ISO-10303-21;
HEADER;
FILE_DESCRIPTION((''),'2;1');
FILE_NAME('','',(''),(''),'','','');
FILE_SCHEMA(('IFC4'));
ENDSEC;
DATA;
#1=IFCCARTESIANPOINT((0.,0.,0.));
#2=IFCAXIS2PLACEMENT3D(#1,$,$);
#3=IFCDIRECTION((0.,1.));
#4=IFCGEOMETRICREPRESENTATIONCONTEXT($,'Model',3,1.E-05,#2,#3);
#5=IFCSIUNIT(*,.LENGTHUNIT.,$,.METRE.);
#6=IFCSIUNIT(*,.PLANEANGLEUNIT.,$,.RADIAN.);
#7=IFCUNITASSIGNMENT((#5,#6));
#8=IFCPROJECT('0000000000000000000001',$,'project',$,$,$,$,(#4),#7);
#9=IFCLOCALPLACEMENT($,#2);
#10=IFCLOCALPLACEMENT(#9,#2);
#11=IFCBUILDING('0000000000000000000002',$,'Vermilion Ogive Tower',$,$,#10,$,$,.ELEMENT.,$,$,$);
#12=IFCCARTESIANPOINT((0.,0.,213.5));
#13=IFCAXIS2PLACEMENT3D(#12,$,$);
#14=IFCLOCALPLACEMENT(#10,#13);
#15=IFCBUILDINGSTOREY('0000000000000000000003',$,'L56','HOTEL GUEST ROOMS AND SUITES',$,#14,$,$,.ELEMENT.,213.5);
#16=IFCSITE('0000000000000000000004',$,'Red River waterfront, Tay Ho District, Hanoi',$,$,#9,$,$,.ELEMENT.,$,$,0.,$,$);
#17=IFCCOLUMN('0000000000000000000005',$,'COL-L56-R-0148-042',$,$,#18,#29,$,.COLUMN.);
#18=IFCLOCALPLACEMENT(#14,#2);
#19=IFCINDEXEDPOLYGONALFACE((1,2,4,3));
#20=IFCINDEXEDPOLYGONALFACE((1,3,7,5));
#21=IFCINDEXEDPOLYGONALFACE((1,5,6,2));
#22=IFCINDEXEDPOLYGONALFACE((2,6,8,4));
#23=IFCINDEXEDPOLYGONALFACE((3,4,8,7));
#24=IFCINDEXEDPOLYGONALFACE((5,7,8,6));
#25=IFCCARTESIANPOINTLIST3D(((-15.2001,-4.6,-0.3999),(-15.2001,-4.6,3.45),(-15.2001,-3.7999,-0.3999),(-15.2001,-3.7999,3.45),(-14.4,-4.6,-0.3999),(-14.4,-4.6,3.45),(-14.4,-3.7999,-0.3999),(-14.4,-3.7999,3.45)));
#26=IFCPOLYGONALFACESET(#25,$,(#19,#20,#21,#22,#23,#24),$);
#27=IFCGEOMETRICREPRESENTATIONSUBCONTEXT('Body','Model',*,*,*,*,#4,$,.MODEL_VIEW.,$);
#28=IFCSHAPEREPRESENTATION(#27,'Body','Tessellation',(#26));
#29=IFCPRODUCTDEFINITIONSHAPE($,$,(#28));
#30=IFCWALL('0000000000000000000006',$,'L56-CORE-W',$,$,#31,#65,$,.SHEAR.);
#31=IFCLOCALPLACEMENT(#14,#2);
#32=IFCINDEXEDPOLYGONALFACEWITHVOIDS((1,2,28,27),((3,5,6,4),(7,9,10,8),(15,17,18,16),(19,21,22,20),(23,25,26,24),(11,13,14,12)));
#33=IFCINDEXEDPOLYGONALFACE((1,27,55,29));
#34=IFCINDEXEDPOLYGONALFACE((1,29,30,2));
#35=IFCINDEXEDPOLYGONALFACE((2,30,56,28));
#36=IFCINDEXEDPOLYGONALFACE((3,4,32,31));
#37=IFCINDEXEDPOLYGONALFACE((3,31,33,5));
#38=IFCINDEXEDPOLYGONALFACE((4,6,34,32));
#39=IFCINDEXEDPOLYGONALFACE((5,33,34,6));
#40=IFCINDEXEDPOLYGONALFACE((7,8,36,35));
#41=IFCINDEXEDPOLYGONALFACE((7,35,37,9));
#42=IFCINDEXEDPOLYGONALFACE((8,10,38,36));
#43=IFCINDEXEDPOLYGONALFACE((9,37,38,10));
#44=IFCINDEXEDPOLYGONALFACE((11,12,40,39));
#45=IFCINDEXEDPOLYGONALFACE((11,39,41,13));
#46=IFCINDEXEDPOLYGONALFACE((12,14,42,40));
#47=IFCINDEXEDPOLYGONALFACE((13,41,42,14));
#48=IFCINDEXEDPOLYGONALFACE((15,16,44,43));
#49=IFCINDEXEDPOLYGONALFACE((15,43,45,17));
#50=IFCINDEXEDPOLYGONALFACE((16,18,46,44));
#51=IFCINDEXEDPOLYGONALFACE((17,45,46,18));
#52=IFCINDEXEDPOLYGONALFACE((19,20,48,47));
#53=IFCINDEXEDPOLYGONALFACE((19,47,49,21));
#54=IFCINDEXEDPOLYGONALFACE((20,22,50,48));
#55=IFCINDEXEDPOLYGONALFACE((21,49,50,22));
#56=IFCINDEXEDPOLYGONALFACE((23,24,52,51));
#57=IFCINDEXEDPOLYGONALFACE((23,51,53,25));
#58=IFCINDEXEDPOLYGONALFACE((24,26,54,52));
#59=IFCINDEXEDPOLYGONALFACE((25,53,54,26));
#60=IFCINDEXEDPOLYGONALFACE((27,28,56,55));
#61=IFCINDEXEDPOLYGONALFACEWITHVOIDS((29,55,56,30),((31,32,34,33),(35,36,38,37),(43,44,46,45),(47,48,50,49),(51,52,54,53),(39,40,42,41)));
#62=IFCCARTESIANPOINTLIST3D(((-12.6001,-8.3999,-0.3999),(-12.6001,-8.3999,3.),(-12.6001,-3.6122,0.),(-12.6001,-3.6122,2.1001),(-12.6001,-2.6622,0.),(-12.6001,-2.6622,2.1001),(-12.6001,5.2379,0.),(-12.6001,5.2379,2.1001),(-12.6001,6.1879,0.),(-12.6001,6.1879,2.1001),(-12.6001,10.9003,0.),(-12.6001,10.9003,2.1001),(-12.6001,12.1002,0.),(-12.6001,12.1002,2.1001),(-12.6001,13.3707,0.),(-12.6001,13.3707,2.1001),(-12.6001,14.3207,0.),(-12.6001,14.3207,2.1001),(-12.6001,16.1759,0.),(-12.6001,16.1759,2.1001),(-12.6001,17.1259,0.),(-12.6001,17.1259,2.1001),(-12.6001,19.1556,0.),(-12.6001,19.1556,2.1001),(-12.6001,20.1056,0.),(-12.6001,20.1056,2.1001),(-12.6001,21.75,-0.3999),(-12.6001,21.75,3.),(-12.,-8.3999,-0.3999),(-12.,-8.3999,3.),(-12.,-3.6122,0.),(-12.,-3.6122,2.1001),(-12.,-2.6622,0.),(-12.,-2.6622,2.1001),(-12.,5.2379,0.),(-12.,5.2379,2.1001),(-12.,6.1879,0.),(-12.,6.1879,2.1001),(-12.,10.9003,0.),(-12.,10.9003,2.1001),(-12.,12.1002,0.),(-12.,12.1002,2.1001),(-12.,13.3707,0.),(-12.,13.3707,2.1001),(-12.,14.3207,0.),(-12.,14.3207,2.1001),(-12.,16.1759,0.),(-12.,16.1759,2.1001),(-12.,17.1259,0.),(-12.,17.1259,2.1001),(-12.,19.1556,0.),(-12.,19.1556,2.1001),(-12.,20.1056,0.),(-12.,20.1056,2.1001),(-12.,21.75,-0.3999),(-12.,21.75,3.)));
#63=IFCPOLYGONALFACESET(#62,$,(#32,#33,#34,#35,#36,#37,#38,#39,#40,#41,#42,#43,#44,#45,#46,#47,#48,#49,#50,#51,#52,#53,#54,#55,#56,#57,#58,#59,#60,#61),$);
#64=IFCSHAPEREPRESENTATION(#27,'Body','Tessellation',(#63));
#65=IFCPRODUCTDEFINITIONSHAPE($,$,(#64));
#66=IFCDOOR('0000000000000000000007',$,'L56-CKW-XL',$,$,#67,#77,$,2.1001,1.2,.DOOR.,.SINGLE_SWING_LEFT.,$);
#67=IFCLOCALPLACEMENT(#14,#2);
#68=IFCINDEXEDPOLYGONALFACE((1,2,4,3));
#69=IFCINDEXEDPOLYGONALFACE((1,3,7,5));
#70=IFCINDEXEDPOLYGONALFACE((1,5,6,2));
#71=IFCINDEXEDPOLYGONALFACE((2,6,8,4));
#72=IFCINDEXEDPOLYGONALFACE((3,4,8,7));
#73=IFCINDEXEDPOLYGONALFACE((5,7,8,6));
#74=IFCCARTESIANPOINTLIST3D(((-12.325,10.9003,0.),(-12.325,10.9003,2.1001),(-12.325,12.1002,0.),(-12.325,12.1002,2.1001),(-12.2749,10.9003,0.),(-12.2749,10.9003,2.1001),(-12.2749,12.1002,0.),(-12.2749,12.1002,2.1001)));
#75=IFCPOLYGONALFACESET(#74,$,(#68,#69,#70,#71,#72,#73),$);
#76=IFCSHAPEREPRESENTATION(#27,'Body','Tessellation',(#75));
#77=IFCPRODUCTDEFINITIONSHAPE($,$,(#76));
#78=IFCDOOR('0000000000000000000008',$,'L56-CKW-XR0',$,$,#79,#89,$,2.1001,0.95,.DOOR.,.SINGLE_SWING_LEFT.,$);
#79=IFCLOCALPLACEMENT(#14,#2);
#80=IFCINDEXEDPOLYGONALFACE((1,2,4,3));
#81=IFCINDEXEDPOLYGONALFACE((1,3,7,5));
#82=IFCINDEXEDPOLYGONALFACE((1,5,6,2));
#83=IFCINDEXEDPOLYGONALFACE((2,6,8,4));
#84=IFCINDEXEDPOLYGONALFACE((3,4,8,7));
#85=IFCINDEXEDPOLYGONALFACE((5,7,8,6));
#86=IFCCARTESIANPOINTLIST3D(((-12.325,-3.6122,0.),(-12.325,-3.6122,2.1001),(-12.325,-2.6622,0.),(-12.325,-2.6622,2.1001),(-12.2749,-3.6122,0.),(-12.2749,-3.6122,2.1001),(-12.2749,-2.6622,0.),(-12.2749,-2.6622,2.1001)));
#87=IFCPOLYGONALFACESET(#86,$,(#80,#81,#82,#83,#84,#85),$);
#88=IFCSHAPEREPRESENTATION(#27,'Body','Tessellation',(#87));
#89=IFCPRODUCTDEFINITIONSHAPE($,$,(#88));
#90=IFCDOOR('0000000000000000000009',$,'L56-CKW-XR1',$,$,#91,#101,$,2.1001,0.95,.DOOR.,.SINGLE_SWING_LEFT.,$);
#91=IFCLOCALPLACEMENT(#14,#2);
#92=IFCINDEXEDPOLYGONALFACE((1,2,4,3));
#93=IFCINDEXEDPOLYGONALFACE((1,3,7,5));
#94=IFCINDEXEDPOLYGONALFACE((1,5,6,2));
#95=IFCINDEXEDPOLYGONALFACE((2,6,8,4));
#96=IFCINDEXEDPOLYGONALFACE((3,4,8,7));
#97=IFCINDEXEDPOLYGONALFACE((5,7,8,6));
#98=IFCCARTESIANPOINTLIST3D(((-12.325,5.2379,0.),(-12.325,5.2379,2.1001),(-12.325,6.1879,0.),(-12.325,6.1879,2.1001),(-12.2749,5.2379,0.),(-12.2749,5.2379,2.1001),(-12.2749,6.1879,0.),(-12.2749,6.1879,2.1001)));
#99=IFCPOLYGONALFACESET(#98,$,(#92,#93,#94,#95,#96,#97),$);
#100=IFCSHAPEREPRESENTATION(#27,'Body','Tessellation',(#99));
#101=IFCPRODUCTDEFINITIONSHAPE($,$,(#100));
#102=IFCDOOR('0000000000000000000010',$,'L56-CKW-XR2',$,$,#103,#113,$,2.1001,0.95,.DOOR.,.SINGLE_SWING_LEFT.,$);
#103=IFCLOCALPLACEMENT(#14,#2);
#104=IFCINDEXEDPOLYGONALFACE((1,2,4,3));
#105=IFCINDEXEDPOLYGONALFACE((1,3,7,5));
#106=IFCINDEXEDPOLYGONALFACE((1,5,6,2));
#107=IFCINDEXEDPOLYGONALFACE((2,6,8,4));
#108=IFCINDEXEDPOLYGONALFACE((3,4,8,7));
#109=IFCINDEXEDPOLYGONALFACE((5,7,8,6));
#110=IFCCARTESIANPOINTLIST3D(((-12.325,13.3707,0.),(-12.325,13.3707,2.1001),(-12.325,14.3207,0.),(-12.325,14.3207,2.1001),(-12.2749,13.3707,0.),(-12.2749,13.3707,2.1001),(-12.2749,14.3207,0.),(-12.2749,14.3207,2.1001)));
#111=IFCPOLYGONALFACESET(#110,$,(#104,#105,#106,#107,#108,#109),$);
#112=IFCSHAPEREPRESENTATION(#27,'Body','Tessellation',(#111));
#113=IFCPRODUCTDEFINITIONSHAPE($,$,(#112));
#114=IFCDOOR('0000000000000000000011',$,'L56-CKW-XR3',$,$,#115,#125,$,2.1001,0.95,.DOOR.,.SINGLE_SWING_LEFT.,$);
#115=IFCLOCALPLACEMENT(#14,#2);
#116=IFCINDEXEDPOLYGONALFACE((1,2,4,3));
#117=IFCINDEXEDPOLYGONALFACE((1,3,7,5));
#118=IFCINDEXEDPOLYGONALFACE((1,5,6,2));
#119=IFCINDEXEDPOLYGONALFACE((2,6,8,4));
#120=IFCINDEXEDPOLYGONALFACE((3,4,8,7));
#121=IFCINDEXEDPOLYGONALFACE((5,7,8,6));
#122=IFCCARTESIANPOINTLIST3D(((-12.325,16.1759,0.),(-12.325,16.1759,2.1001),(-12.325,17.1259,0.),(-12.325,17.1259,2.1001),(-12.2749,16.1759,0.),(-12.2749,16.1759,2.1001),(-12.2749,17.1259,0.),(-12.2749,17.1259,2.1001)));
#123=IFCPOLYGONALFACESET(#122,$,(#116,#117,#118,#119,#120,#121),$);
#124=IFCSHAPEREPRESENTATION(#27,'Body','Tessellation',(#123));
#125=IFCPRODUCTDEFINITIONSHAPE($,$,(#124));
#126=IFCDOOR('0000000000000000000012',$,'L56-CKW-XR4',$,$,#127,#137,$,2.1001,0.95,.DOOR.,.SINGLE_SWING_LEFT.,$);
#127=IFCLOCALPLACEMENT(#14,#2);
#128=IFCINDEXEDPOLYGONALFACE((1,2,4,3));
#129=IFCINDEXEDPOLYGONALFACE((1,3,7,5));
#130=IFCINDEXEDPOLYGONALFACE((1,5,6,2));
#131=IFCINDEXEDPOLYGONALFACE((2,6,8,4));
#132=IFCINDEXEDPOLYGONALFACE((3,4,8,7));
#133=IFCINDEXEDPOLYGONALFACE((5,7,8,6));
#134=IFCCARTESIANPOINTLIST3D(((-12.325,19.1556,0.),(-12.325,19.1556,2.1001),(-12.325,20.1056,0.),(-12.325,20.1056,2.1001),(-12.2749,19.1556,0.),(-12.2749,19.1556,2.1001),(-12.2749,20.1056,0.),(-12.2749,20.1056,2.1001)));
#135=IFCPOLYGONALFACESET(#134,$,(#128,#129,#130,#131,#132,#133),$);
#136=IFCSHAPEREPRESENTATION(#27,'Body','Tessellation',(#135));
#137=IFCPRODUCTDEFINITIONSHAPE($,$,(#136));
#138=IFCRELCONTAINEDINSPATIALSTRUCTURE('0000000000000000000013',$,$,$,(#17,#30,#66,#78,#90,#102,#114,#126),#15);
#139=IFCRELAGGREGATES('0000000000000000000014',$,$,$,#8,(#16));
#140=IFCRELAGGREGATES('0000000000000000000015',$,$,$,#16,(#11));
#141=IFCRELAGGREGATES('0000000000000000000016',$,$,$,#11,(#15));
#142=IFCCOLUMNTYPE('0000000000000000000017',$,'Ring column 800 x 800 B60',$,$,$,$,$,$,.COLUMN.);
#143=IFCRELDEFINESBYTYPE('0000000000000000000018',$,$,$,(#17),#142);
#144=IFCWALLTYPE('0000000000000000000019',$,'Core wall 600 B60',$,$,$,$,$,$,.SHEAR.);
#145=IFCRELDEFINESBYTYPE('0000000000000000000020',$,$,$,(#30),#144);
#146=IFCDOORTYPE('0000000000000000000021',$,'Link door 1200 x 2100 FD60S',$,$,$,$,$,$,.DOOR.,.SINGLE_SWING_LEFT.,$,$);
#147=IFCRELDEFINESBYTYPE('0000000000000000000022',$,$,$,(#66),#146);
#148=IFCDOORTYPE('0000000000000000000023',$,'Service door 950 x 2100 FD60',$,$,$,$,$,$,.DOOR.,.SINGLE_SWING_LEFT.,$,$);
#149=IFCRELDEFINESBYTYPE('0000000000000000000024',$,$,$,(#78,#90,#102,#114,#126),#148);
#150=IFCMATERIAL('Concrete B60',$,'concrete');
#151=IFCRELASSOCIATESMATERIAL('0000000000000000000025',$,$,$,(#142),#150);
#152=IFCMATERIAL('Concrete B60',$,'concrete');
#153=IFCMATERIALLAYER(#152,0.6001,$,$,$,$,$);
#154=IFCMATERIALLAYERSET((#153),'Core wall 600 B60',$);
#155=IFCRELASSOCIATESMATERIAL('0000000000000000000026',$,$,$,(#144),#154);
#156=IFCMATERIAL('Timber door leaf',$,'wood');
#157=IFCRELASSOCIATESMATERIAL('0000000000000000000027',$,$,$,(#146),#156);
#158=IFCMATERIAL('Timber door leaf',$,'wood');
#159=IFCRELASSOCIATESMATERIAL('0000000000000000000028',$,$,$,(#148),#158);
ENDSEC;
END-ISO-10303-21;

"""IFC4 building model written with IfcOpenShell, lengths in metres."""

from ifc_helpers import new_model, si_unit, direction, frame, frame_2d, origin, origin_2d, place, context, subcontext, project, spatial, rectangle, extrude, material, layer, layer_set, material_profile, profile_set, type_object, element, fill, save


model = new_model("IFC4")

# Units and contexts
model_context = context("Model", 3, precision=1e-05, world=origin(), true_north=direction((0.0, 1.0)))
body_context = subcontext(model_context, "Body", "Model", "MODEL_VIEW")
ifc_project = project(units=[si_unit("LENGTHUNIT", "METRE"), si_unit("PLANEANGLEUNIT", "RADIAN")], contexts=[model_context])

# Site, building, storey
site_placement = place(None, origin())
site = spatial("IfcSite", under=ifc_project, at=site_placement, Name="Red River waterfront, Tay Ho District, Hanoi", CompositionType="ELEMENT", RefElevation=0.0)
building_placement = place(site_placement, origin())
building = spatial("IfcBuilding", under=site, at=building_placement, Name="Vermilion Ogive Tower", CompositionType="ELEMENT")
storey_placement = place(building_placement, frame((0.0, 0.0, 213.5)))
storey = spatial("IfcBuildingStorey", under=building, at=storey_placement, Name="L56", Description="HOTEL GUEST ROOMS AND SUITES", CompositionType="ELEMENT", Elevation=213.5)

# Column
ifc_material_1 = material(Name="Concrete B60", Category="concrete")
ifc_material_profile = material_profile(ifc_material_1, rectangle(XDim=0.8, YDim=0.8, at=origin_2d()), Name="800 x 800")
ifc_profile_set = profile_set([ifc_material_profile], Name="Concrete B60")
column_type = type_object("IfcColumnType", Name="Ring column 800 x 800 B60", PredefinedType="COLUMN", material=ifc_profile_set)
column_placement = place(storey_placement, frame((-14.8, -4.2, -0.3999), z_axis=(0.0, 0.0, 1.0), x_axis=(1.0, 0.0, 0.0)))
element("IfcColumn", 1, at=column_placement, inside=storey, type_object=column_type, Name="COL-L56-R-0148-042", PredefinedType="COLUMN", context=body_context, shape_type="SweptSolid", body=[
    extrude(rectangle(XDim=0.8, YDim=0.8, at=origin_2d()), origin(), (0.0, 0.0, 1.0), 3.8499),
])

# Wall, openings, doors
ifc_material_2 = material(Name="Concrete B60", Category="concrete")
ifc_layer_1 = layer(ifc_material_2, 0.6001)
ifc_layer_set_1 = layer_set([ifc_layer_1], Name="Core wall 600 B60")
wall_type_1 = type_object("IfcWallType", Name="Core wall 600 B60", PredefinedType="SHEAR", material=ifc_layer_set_1)
wall_1_placement = place(storey_placement, frame((-12.3, -8.3999, -0.3999), z_axis=(0.0, 0.0, 1.0), x_axis=(0.0, 1.0, 0.0)))
wall_1 = element("IfcWall", 2, at=wall_1_placement, inside=storey, type_object=wall_type_1, Name="L56-CORE-W", PredefinedType="SHEAR", context=body_context, shape_type="SweptSolid", body=[
    extrude(rectangle(XDim=30.1499, YDim=0.6001, at=frame_2d((15.075, 0.0))), origin(), (0.0, 0.0, 1.0), 3.3999),
])
opening_1_placement = place(wall_1_placement, frame((4.7876, 0.0, 0.3999)))
opening_1 = element("IfcOpeningElement", 3, at=opening_1_placement, cuts=wall_1, PredefinedType="OPENING", context=body_context, shape_type="SweptSolid", body=[
    extrude(rectangle(XDim=0.95, YDim=2.1001, at=frame_2d((0.4751, 1.05))), frame((0.0, 0.3101, 0.0), z_axis=(0.0, -1.0, 0.0), x_axis=(1.0, 0.0, 0.0)), (0.0, 0.0, 1.0), 0.6201),
])
opening_2_placement = place(wall_1_placement, frame((13.6377, 0.0, 0.3999)))
opening_2 = element("IfcOpeningElement", 4, at=opening_2_placement, cuts=wall_1, PredefinedType="OPENING", context=body_context, shape_type="SweptSolid", body=[
    extrude(rectangle(XDim=0.95, YDim=2.1001, at=frame_2d((0.4751, 1.05))), frame((0.0, 0.3101, 0.0), z_axis=(0.0, -1.0, 0.0), x_axis=(1.0, 0.0, 0.0)), (0.0, 0.0, 1.0), 0.6201),
])
opening_3_placement = place(wall_1_placement, frame((21.7705, 0.0, 0.3999)))
opening_3 = element("IfcOpeningElement", 5, at=opening_3_placement, cuts=wall_1, PredefinedType="OPENING", context=body_context, shape_type="SweptSolid", body=[
    extrude(rectangle(XDim=0.95, YDim=2.1001, at=frame_2d((0.4751, 1.05))), frame((0.0, 0.3101, 0.0), z_axis=(0.0, -1.0, 0.0), x_axis=(1.0, 0.0, 0.0)), (0.0, 0.0, 1.0), 0.6201),
])
opening_4_placement = place(wall_1_placement, frame((24.5757, 0.0, 0.3999)))
opening_4 = element("IfcOpeningElement", 6, at=opening_4_placement, cuts=wall_1, PredefinedType="OPENING", context=body_context, shape_type="SweptSolid", body=[
    extrude(rectangle(XDim=0.95, YDim=2.1001, at=frame_2d((0.4751, 1.05))), frame((0.0, 0.3101, 0.0), z_axis=(0.0, -1.0, 0.0), x_axis=(1.0, 0.0, 0.0)), (0.0, 0.0, 1.0), 0.6201),
])
opening_5_placement = place(wall_1_placement, frame((27.5554, 0.0, 0.3999)))
opening_5 = element("IfcOpeningElement", 7, at=opening_5_placement, cuts=wall_1, PredefinedType="OPENING", context=body_context, shape_type="SweptSolid", body=[
    extrude(rectangle(XDim=0.95, YDim=2.1001, at=frame_2d((0.4751, 1.05))), frame((0.0, 0.3101, 0.0), z_axis=(0.0, -1.0, 0.0), x_axis=(1.0, 0.0, 0.0)), (0.0, 0.0, 1.0), 0.6201),
])
opening_6_placement = place(wall_1_placement, frame((19.3, 0.0, 0.3999)))
opening_6 = element("IfcOpeningElement", 8, at=opening_6_placement, cuts=wall_1, PredefinedType="OPENING", context=body_context, shape_type="SweptSolid", body=[
    extrude(rectangle(XDim=1.2, YDim=2.1001, at=frame_2d((0.6001, 1.05))), frame((0.0, 0.3101, 0.0), z_axis=(0.0, -1.0, 0.0), x_axis=(1.0, 0.0, 0.0)), (0.0, 0.0, 1.0), 0.6201),
])
ifc_material_3 = material(Name="Timber door leaf", Category="wood")
door_type_1 = type_object("IfcDoorType", Name="Link door 1200 x 2100 FD60S", OperationType="SINGLE_SWING_LEFT", PredefinedType="DOOR", material=ifc_material_3)
door_1_placement = place(opening_6_placement, origin())
door_1 = element("IfcDoor", 9, at=door_1_placement, inside=storey, type_object=door_type_1, Name="L56-CKW-XL", OperationType="SINGLE_SWING_LEFT", OverallHeight=2.1001, OverallWidth=1.2, PredefinedType="DOOR", context=body_context, shape_type="SweptSolid", body=[
    extrude(rectangle(XDim=1.2, YDim=2.1001, at=frame_2d((0.6001, 1.05))), frame((0.0, 0.0249, 0.0), z_axis=(0.0, -1.0, 0.0), x_axis=(1.0, 0.0, 0.0)), (0.0, 0.0, 1.0), 0.05),
])
fill(opening_6, door_1)
ifc_material_4 = material(Name="Timber door leaf", Category="wood")
door_type_2 = type_object("IfcDoorType", Name="Service door 950 x 2100 FD60", OperationType="SINGLE_SWING_LEFT", PredefinedType="DOOR", material=ifc_material_4)
door_2_placement = place(opening_1_placement, origin())
door_2 = element("IfcDoor", 10, at=door_2_placement, inside=storey, type_object=door_type_2, Name="L56-CKW-XR0", OperationType="SINGLE_SWING_LEFT", OverallHeight=2.1001, OverallWidth=0.95, PredefinedType="DOOR", context=body_context, shape_type="SweptSolid", body=[
    extrude(rectangle(XDim=0.95, YDim=2.1001, at=frame_2d((0.4751, 1.05))), frame((0.0, 0.0249, 0.0), z_axis=(0.0, -1.0, 0.0), x_axis=(1.0, 0.0, 0.0)), (0.0, 0.0, 1.0), 0.05),
])
fill(opening_1, door_2)
door_3_placement = place(opening_2_placement, origin())
door_3 = element("IfcDoor", 11, at=door_3_placement, inside=storey, type_object=door_type_2, Name="L56-CKW-XR1", OperationType="SINGLE_SWING_LEFT", OverallHeight=2.1001, OverallWidth=0.95, PredefinedType="DOOR", context=body_context, shape_type="SweptSolid", body=[
    extrude(rectangle(XDim=0.95, YDim=2.1001, at=frame_2d((0.4751, 1.05))), frame((0.0, 0.0249, 0.0), z_axis=(0.0, -1.0, 0.0), x_axis=(1.0, 0.0, 0.0)), (0.0, 0.0, 1.0), 0.05),
])
fill(opening_2, door_3)
door_4_placement = place(opening_3_placement, origin())
door_4 = element("IfcDoor", 12, at=door_4_placement, inside=storey, type_object=door_type_2, Name="L56-CKW-XR2", OperationType="SINGLE_SWING_LEFT", OverallHeight=2.1001, OverallWidth=0.95, PredefinedType="DOOR", context=body_context, shape_type="SweptSolid", body=[
    extrude(rectangle(XDim=0.95, YDim=2.1001, at=frame_2d((0.4751, 1.05))), frame((0.0, 0.0249, 0.0), z_axis=(0.0, -1.0, 0.0), x_axis=(1.0, 0.0, 0.0)), (0.0, 0.0, 1.0), 0.05),
])
fill(opening_3, door_4)
door_5_placement = place(opening_4_placement, origin())
door_5 = element("IfcDoor", 13, at=door_5_placement, inside=storey, type_object=door_type_2, Name="L56-CKW-XR3", OperationType="SINGLE_SWING_LEFT", OverallHeight=2.1001, OverallWidth=0.95, PredefinedType="DOOR", context=body_context, shape_type="SweptSolid", body=[
    extrude(rectangle(XDim=0.95, YDim=2.1001, at=frame_2d((0.4751, 1.05))), frame((0.0, 0.0249, 0.0), z_axis=(0.0, -1.0, 0.0), x_axis=(1.0, 0.0, 0.0)), (0.0, 0.0, 1.0), 0.05),
])
fill(opening_4, door_5)
door_6_placement = place(opening_5_placement, origin())
door_6 = element("IfcDoor", 14, at=door_6_placement, inside=storey, type_object=door_type_2, Name="L56-CKW-XR4", OperationType="SINGLE_SWING_LEFT", OverallHeight=2.1001, OverallWidth=0.95, PredefinedType="DOOR", context=body_context, shape_type="SweptSolid", body=[
    extrude(rectangle(XDim=0.95, YDim=2.1001, at=frame_2d((0.4751, 1.05))), frame((0.0, 0.0249, 0.0), z_axis=(0.0, -1.0, 0.0), x_axis=(1.0, 0.0, 0.0)), (0.0, 0.0, 1.0), 0.05),
])
fill(opening_5, door_6)

save(model, "model.ifc")
